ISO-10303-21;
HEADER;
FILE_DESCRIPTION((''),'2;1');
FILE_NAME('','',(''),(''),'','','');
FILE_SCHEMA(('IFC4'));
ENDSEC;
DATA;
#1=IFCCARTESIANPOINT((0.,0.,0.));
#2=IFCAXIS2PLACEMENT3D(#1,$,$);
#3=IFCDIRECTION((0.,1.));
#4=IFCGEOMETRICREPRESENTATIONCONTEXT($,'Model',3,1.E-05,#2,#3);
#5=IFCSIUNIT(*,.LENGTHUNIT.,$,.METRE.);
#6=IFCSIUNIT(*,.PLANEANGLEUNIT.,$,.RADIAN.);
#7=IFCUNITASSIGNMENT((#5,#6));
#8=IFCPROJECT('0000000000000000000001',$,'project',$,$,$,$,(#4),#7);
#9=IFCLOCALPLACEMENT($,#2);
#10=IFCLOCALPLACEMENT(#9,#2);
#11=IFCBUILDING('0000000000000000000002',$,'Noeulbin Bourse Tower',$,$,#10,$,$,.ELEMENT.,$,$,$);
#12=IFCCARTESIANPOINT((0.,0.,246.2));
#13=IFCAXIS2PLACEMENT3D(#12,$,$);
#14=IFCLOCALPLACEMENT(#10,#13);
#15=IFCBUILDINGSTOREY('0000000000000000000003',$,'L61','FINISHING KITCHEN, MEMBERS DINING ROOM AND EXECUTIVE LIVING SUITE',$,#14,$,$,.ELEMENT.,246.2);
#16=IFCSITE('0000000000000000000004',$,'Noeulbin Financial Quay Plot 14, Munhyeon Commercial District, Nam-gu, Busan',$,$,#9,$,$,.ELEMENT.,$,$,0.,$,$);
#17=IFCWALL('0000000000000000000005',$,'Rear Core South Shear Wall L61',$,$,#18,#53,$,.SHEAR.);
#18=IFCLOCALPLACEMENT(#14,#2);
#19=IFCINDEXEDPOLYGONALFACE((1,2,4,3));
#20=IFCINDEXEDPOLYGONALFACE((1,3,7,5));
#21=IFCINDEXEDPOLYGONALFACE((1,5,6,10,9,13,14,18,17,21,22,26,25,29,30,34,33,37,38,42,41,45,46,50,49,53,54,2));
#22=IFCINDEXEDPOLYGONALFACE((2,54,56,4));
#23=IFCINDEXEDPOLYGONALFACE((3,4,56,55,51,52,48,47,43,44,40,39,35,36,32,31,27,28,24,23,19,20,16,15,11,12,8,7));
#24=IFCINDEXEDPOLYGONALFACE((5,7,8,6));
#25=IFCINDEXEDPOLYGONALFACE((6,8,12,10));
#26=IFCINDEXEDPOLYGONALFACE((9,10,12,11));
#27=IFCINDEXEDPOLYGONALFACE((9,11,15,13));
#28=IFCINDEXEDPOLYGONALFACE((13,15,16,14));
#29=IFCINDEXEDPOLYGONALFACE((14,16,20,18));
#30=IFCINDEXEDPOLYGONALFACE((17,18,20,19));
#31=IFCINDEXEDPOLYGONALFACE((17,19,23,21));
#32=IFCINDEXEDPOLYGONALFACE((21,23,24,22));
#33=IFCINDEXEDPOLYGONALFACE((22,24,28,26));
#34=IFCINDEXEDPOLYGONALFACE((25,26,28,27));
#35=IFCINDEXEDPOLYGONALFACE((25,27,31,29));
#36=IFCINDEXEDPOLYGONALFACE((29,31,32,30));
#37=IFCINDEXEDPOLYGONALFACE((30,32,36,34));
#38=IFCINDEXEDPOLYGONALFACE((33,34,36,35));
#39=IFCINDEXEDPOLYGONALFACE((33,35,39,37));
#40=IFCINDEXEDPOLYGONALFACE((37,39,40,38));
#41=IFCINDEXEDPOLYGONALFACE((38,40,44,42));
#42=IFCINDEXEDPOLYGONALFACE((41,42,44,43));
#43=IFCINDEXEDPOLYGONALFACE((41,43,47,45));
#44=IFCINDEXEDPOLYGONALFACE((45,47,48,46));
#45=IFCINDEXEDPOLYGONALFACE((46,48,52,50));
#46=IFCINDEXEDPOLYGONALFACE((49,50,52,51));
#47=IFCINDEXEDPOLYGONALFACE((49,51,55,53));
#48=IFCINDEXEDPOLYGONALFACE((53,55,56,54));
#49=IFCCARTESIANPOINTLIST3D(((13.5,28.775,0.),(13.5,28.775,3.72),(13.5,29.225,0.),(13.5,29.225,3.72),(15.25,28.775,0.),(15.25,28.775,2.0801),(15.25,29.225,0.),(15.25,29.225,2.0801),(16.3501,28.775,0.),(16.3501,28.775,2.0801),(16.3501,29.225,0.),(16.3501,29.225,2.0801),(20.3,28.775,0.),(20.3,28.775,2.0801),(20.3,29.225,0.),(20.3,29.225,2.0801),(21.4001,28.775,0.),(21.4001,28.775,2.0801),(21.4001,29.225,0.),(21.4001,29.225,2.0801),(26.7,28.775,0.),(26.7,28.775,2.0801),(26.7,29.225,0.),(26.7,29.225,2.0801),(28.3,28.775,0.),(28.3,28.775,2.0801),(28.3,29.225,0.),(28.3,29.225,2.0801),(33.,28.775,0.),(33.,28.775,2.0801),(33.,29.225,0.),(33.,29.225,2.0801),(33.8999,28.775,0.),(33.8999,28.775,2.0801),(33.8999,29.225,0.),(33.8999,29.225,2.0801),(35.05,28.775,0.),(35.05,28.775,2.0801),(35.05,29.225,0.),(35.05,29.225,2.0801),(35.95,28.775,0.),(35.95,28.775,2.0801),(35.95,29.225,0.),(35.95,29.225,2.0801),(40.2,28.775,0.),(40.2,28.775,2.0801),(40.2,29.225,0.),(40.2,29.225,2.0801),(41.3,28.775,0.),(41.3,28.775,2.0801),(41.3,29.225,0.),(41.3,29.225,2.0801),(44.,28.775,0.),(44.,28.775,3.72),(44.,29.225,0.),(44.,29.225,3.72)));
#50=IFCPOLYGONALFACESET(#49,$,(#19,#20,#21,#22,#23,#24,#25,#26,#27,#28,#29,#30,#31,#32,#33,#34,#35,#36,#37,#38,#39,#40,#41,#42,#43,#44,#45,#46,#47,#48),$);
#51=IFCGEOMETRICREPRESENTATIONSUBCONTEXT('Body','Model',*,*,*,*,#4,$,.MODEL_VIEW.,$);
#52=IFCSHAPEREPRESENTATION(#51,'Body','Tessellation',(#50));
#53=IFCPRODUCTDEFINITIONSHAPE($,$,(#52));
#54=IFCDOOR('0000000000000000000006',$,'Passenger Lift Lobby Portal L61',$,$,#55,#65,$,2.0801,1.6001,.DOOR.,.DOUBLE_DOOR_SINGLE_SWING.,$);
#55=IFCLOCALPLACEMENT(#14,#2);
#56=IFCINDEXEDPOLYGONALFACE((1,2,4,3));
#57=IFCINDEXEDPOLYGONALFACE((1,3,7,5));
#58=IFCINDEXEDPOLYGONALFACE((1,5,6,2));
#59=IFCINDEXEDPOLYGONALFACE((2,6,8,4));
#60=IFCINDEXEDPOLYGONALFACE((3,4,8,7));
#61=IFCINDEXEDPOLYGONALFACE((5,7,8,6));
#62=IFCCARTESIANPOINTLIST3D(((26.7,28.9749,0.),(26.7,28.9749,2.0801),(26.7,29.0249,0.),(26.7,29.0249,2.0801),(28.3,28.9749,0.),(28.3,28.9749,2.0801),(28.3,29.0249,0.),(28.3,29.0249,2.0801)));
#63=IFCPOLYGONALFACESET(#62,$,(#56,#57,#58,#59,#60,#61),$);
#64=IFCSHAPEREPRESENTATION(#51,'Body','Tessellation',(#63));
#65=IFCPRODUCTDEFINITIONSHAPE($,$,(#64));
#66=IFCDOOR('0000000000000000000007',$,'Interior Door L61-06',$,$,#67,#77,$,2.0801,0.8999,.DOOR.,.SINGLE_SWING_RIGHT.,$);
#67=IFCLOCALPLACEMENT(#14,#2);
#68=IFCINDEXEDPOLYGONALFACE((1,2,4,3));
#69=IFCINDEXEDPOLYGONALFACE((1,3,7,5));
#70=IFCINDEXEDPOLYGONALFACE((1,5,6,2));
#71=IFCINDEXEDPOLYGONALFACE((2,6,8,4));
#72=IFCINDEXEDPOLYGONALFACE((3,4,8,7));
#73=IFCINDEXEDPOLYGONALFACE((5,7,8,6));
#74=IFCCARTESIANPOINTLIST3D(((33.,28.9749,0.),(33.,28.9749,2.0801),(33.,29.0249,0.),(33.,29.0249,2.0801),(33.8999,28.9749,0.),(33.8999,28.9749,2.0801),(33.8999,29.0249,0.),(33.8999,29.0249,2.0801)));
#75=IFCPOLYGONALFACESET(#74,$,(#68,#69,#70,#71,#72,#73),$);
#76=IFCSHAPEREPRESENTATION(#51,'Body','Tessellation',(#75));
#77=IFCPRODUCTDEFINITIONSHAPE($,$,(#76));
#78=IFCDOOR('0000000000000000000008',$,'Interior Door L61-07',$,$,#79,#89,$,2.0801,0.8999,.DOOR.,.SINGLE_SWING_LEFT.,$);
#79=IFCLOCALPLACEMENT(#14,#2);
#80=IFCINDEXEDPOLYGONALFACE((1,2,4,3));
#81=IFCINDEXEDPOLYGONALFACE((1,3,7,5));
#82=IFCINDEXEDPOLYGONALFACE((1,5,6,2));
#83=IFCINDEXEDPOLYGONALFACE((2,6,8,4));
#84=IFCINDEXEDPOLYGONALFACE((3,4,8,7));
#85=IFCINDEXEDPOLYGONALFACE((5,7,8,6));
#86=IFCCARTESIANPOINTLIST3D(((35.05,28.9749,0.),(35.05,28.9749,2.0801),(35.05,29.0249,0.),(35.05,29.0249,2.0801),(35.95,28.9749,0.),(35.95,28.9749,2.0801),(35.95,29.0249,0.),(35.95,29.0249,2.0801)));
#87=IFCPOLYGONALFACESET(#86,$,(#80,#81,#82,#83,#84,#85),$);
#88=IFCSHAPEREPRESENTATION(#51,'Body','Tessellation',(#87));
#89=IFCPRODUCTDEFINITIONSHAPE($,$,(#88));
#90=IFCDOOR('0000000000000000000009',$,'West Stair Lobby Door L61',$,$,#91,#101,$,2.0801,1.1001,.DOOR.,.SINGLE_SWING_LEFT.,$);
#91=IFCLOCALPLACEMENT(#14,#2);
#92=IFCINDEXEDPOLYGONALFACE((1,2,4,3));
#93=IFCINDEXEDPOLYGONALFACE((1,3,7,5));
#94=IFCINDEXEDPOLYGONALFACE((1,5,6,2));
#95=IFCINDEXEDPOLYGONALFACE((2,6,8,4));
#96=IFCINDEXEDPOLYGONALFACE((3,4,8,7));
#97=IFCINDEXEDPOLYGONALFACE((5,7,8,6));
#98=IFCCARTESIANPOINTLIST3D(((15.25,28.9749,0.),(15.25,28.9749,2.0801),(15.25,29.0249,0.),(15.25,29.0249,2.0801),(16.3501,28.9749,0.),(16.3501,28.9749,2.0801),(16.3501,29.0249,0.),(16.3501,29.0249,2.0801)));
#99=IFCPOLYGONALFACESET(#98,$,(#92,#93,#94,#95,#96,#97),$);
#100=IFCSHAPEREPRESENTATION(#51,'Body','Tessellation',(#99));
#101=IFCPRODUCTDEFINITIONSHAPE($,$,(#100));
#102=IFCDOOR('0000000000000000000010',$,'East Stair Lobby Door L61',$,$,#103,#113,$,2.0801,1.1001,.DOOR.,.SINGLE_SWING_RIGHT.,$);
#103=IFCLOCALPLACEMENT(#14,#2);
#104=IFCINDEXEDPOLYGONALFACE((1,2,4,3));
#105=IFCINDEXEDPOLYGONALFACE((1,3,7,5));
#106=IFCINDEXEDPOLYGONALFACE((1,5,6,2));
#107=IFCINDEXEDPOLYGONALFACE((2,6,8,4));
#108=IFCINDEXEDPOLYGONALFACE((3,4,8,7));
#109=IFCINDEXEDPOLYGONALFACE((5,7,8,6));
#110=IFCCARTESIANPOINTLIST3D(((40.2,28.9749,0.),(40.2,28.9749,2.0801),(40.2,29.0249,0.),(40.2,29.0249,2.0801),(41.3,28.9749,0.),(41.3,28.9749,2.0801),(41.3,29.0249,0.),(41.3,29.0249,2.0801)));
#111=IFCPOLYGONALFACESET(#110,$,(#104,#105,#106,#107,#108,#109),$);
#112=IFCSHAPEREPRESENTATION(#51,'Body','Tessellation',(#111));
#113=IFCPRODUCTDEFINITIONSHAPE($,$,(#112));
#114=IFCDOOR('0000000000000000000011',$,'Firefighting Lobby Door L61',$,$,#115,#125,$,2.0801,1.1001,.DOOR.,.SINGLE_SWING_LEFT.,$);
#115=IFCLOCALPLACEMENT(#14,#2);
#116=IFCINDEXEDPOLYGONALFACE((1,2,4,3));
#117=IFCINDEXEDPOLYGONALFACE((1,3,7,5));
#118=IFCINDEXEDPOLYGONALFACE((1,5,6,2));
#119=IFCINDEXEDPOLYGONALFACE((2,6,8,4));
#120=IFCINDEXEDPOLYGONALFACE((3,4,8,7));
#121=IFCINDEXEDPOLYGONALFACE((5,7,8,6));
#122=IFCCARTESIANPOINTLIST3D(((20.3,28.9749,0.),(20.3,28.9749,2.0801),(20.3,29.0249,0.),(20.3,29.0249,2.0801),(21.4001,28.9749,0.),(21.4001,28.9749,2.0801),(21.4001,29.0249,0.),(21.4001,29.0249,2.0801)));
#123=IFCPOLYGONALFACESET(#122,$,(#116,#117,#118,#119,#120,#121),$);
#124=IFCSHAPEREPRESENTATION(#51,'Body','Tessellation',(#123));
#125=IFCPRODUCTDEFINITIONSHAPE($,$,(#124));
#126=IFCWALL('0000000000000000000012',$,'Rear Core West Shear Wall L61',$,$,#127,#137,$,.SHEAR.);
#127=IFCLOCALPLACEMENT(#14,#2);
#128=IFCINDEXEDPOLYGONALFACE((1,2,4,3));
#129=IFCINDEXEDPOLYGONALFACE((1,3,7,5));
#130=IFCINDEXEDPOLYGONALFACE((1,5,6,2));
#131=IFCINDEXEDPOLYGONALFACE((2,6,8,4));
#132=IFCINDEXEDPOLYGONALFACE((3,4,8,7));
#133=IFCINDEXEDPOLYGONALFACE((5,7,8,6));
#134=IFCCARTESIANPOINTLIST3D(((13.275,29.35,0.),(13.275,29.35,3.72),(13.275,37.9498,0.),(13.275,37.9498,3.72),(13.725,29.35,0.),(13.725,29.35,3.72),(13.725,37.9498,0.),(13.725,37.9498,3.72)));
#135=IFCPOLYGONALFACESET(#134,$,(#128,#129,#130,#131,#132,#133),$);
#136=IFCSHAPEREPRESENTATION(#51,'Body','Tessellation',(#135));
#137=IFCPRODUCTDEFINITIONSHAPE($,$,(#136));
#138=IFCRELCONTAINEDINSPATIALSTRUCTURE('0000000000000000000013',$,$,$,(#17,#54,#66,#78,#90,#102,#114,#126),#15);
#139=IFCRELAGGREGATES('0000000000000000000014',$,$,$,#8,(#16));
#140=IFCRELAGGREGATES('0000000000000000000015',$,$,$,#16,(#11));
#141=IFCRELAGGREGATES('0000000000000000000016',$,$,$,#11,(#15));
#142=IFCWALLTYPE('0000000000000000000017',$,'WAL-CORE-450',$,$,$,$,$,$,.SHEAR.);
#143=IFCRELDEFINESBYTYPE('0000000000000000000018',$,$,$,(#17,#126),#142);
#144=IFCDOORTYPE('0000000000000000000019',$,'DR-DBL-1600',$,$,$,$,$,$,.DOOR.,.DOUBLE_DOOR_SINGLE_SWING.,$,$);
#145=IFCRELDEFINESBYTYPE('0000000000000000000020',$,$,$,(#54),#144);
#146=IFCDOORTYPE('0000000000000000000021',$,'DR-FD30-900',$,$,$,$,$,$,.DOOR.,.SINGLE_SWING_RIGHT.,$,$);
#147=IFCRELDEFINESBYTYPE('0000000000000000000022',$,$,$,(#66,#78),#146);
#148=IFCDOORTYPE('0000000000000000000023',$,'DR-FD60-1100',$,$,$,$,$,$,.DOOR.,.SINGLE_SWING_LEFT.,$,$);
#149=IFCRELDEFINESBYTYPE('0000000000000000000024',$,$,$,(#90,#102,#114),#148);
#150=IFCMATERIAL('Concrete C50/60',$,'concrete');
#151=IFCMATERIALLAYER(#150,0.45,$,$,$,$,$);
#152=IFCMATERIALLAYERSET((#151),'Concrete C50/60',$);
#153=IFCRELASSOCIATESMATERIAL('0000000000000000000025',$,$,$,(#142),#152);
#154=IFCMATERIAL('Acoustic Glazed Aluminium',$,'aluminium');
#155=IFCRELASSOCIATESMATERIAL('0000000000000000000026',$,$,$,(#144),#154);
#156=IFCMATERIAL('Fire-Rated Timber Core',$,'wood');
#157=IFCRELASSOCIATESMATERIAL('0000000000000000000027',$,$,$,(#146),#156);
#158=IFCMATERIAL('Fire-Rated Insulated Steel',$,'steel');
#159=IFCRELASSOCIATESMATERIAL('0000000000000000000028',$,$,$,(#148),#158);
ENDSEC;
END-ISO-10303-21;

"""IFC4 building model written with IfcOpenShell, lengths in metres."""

from ifc_helpers import new_model, si_unit, direction, frame, frame_2d, origin, place, context, subcontext, project, spatial, rectangle, extrude, material, layer, layer_set, type_object, element, fill, save


model = new_model("IFC4")

# Units and contexts
model_context = context("Model", 3, precision=1e-05, world=origin(), true_north=direction((0.0, 1.0)))
body_context = subcontext(model_context, "Body", "Model", "MODEL_VIEW")
ifc_project = project(units=[si_unit("LENGTHUNIT", "METRE"), si_unit("PLANEANGLEUNIT", "RADIAN")], contexts=[model_context])

# Site, building, storey
site_placement = place(None, origin())
site = spatial("IfcSite", under=ifc_project, at=site_placement, Name="Noeulbin Financial Quay Plot 14, Munhyeon Commercial District, Nam-gu, Busan", CompositionType="ELEMENT", RefElevation=0.0)
building_placement = place(site_placement, origin())
building = spatial("IfcBuilding", under=site, at=building_placement, Name="Noeulbin Bourse Tower", CompositionType="ELEMENT")
storey_placement = place(building_placement, frame((0.0, 0.0, 246.2)))
storey = spatial("IfcBuildingStorey", under=building, at=storey_placement, Name="L61", Description="FINISHING KITCHEN, MEMBERS DINING ROOM AND EXECUTIVE LIVING SUITE", CompositionType="ELEMENT", Elevation=246.2)

# Wall, openings, doors
ifc_material_1 = material(Name="Concrete C50/60", Category="concrete")
ifc_layer_1 = layer(ifc_material_1, 0.45)
ifc_layer_set_1 = layer_set([ifc_layer_1], Name="Concrete C50/60")
wall_type_1 = type_object("IfcWallType", Name="WAL-CORE-450", PredefinedType="SHEAR", material=ifc_layer_set_1)
wall_1_placement = place(storey_placement, frame((13.5, 29.0, 0.0), z_axis=(0.0, 0.0, 1.0), x_axis=(1.0, 0.0, 0.0)))
wall_1 = element("IfcWall", 1, at=wall_1_placement, inside=storey, type_object=wall_type_1, Name="Rear Core South Shear Wall L61", PredefinedType="SHEAR", context=body_context, shape_type="SweptSolid", body=[
    extrude(rectangle(XDim=30.5, YDim=0.45, at=frame_2d((15.25, 0.0))), origin(), (0.0, 0.0, 1.0), 3.72),
])
opening_1_placement = place(wall_1_placement, frame((1.75, 0.0, 0.0)))
opening_1 = element("IfcOpeningElement", 2, at=opening_1_placement, cuts=wall_1, PredefinedType="OPENING", context=body_context, shape_type="SweptSolid", body=[
    extrude(rectangle(XDim=1.1001, YDim=2.0801, at=frame_2d((0.55, 1.04))), frame((0.0, 0.2349, 0.0), z_axis=(0.0, -1.0, 0.0), x_axis=(1.0, 0.0, 0.0)), (0.0, 0.0, 1.0), 0.47),
])
opening_2_placement = place(wall_1_placement, frame((26.7, 0.0, 0.0)))
opening_2 = element("IfcOpeningElement", 3, at=opening_2_placement, cuts=wall_1, PredefinedType="OPENING", context=body_context, shape_type="SweptSolid", body=[
    extrude(rectangle(XDim=1.1001, YDim=2.0801, at=frame_2d((0.55, 1.04))), frame((0.0, 0.2349, 0.0), z_axis=(0.0, -1.0, 0.0), x_axis=(1.0, 0.0, 0.0)), (0.0, 0.0, 1.0), 0.47),
])
opening_3_placement = place(wall_1_placement, frame((6.8, 0.0, 0.0)))
opening_3 = element("IfcOpeningElement", 4, at=opening_3_placement, cuts=wall_1, PredefinedType="OPENING", context=body_context, shape_type="SweptSolid", body=[
    extrude(rectangle(XDim=1.1001, YDim=2.0801, at=frame_2d((0.55, 1.04))), frame((0.0, 0.2349, 0.0), z_axis=(0.0, -1.0, 0.0), x_axis=(1.0, 0.0, 0.0)), (0.0, 0.0, 1.0), 0.47),
])
opening_4_placement = place(wall_1_placement, frame((13.2, 0.0, 0.0)))
opening_4 = element("IfcOpeningElement", 5, at=opening_4_placement, cuts=wall_1, PredefinedType="OPENING", context=body_context, shape_type="SweptSolid", body=[
    extrude(rectangle(XDim=1.6001, YDim=2.0801, at=frame_2d((0.8, 1.04))), frame((0.0, 0.2349, 0.0), z_axis=(0.0, -1.0, 0.0), x_axis=(1.0, 0.0, 0.0)), (0.0, 0.0, 1.0), 0.47),
])
opening_5_placement = place(wall_1_placement, frame((19.5, 0.0, 0.0)))
opening_5 = element("IfcOpeningElement", 6, at=opening_5_placement, cuts=wall_1, PredefinedType="OPENING", context=body_context, shape_type="SweptSolid", body=[
    extrude(rectangle(XDim=0.8999, YDim=2.0801, at=frame_2d((0.45, 1.04))), frame((0.0, 0.2349, 0.0), z_axis=(0.0, -1.0, 0.0), x_axis=(1.0, 0.0, 0.0)), (0.0, 0.0, 1.0), 0.47),
])
opening_6_placement = place(wall_1_placement, frame((21.55, 0.0, 0.0)))
opening_6 = element("IfcOpeningElement", 7, at=opening_6_placement, cuts=wall_1, PredefinedType="OPENING", context=body_context, shape_type="SweptSolid", body=[
    extrude(rectangle(XDim=0.8999, YDim=2.0801, at=frame_2d((0.45, 1.04))), frame((0.0, 0.2349, 0.0), z_axis=(0.0, -1.0, 0.0), x_axis=(1.0, 0.0, 0.0)), (0.0, 0.0, 1.0), 0.47),
])
ifc_material_2 = material(Name="Acoustic Glazed Aluminium", Category="aluminium")
door_type_1 = type_object("IfcDoorType", Name="DR-DBL-1600", OperationType="DOUBLE_DOOR_SINGLE_SWING", PredefinedType="DOOR", material=ifc_material_2)
door_1_placement = place(opening_4_placement, origin())
door_1 = element("IfcDoor", 8, at=door_1_placement, inside=storey, type_object=door_type_1, Name="Passenger Lift Lobby Portal L61", OperationType="DOUBLE_DOOR_SINGLE_SWING", OverallHeight=2.0801, OverallWidth=1.6001, PredefinedType="DOOR", context=body_context, shape_type="SweptSolid", body=[
    extrude(rectangle(XDim=1.6001, YDim=2.0801, at=frame_2d((0.8, 1.04))), frame((0.0, 0.0249, 0.0), z_axis=(0.0, -1.0, 0.0), x_axis=(1.0, 0.0, 0.0)), (0.0, 0.0, 1.0), 0.05),
])
fill(opening_4, door_1)
ifc_material_3 = material(Name="Fire-Rated Timber Core", Category="wood")
door_type_2 = type_object("IfcDoorType", Name="DR-FD30-900", OperationType="SINGLE_SWING_RIGHT", PredefinedType="DOOR", material=ifc_material_3)
door_2_placement = place(opening_5_placement, origin())
door_2 = element("IfcDoor", 9, at=door_2_placement, inside=storey, type_object=door_type_2, Name="Interior Door L61-06", OperationType="SINGLE_SWING_RIGHT", OverallHeight=2.0801, OverallWidth=0.8999, PredefinedType="DOOR", context=body_context, shape_type="SweptSolid", body=[
    extrude(rectangle(XDim=0.8999, YDim=2.0801, at=frame_2d((0.45, 1.04))), frame((0.0, 0.0249, 0.0), z_axis=(0.0, -1.0, 0.0), x_axis=(1.0, 0.0, 0.0)), (0.0, 0.0, 1.0), 0.05),
])
fill(opening_5, door_2)
door_3_placement = place(opening_6_placement, origin())
door_3 = element("IfcDoor", 10, at=door_3_placement, inside=storey, type_object=door_type_2, Name="Interior Door L61-07", OperationType="SINGLE_SWING_LEFT", OverallHeight=2.0801, OverallWidth=0.8999, PredefinedType="DOOR", context=body_context, shape_type="SweptSolid", body=[
    extrude(rectangle(XDim=0.8999, YDim=2.0801, at=frame_2d((0.45, 1.04))), frame((0.0, 0.0249, 0.0), z_axis=(0.0, -1.0, 0.0), x_axis=(1.0, 0.0, 0.0)), (0.0, 0.0, 1.0), 0.05),
])
fill(opening_6, door_3)
ifc_material_4 = material(Name="Fire-Rated Insulated Steel", Category="steel")
door_type_3 = type_object("IfcDoorType", Name="DR-FD60-1100", OperationType="SINGLE_SWING_LEFT", PredefinedType="DOOR", material=ifc_material_4)
door_4_placement = place(opening_1_placement, origin())
door_4 = element("IfcDoor", 11, at=door_4_placement, inside=storey, type_object=door_type_3, Name="West Stair Lobby Door L61", OperationType="SINGLE_SWING_LEFT", OverallHeight=2.0801, OverallWidth=1.1001, PredefinedType="DOOR", context=body_context, shape_type="SweptSolid", body=[
    extrude(rectangle(XDim=1.1001, YDim=2.0801, at=frame_2d((0.55, 1.04))), frame((0.0, 0.0249, 0.0), z_axis=(0.0, -1.0, 0.0), x_axis=(1.0, 0.0, 0.0)), (0.0, 0.0, 1.0), 0.05),
])
fill(opening_1, door_4)
door_5_placement = place(opening_2_placement, origin())
door_5 = element("IfcDoor", 12, at=door_5_placement, inside=storey, type_object=door_type_3, Name="East Stair Lobby Door L61", OperationType="SINGLE_SWING_RIGHT", OverallHeight=2.0801, OverallWidth=1.1001, PredefinedType="DOOR", context=body_context, shape_type="SweptSolid", body=[
    extrude(rectangle(XDim=1.1001, YDim=2.0801, at=frame_2d((0.55, 1.04))), frame((0.0, 0.0249, 0.0), z_axis=(0.0, -1.0, 0.0), x_axis=(1.0, 0.0, 0.0)), (0.0, 0.0, 1.0), 0.05),
])
fill(opening_2, door_5)
door_6_placement = place(opening_3_placement, origin())
door_6 = element("IfcDoor", 13, at=door_6_placement, inside=storey, type_object=door_type_3, Name="Firefighting Lobby Door L61", OperationType="SINGLE_SWING_LEFT", OverallHeight=2.0801, OverallWidth=1.1001, PredefinedType="DOOR", context=body_context, shape_type="SweptSolid", body=[
    extrude(rectangle(XDim=1.1001, YDim=2.0801, at=frame_2d((0.55, 1.04))), frame((0.0, 0.0249, 0.0), z_axis=(0.0, -1.0, 0.0), x_axis=(1.0, 0.0, 0.0)), (0.0, 0.0, 1.0), 0.05),
])
fill(opening_3, door_6)

# Wall
wall_2_placement = place(storey_placement, frame((13.5, 29.3501, 0.0), z_axis=(0.0, 0.0, 1.0), x_axis=(0.0, 1.0, 0.0)))
element("IfcWall", 14, at=wall_2_placement, inside=storey, type_object=wall_type_1, Name="Rear Core West Shear Wall L61", PredefinedType="SHEAR", context=body_context, shape_type="SweptSolid", body=[
    extrude(rectangle(XDim=8.5999, YDim=0.45, at=frame_2d((4.2998, 0.0))), origin(), (0.0, 0.0, 1.0), 3.72),
])

save(model, "model.ifc")
